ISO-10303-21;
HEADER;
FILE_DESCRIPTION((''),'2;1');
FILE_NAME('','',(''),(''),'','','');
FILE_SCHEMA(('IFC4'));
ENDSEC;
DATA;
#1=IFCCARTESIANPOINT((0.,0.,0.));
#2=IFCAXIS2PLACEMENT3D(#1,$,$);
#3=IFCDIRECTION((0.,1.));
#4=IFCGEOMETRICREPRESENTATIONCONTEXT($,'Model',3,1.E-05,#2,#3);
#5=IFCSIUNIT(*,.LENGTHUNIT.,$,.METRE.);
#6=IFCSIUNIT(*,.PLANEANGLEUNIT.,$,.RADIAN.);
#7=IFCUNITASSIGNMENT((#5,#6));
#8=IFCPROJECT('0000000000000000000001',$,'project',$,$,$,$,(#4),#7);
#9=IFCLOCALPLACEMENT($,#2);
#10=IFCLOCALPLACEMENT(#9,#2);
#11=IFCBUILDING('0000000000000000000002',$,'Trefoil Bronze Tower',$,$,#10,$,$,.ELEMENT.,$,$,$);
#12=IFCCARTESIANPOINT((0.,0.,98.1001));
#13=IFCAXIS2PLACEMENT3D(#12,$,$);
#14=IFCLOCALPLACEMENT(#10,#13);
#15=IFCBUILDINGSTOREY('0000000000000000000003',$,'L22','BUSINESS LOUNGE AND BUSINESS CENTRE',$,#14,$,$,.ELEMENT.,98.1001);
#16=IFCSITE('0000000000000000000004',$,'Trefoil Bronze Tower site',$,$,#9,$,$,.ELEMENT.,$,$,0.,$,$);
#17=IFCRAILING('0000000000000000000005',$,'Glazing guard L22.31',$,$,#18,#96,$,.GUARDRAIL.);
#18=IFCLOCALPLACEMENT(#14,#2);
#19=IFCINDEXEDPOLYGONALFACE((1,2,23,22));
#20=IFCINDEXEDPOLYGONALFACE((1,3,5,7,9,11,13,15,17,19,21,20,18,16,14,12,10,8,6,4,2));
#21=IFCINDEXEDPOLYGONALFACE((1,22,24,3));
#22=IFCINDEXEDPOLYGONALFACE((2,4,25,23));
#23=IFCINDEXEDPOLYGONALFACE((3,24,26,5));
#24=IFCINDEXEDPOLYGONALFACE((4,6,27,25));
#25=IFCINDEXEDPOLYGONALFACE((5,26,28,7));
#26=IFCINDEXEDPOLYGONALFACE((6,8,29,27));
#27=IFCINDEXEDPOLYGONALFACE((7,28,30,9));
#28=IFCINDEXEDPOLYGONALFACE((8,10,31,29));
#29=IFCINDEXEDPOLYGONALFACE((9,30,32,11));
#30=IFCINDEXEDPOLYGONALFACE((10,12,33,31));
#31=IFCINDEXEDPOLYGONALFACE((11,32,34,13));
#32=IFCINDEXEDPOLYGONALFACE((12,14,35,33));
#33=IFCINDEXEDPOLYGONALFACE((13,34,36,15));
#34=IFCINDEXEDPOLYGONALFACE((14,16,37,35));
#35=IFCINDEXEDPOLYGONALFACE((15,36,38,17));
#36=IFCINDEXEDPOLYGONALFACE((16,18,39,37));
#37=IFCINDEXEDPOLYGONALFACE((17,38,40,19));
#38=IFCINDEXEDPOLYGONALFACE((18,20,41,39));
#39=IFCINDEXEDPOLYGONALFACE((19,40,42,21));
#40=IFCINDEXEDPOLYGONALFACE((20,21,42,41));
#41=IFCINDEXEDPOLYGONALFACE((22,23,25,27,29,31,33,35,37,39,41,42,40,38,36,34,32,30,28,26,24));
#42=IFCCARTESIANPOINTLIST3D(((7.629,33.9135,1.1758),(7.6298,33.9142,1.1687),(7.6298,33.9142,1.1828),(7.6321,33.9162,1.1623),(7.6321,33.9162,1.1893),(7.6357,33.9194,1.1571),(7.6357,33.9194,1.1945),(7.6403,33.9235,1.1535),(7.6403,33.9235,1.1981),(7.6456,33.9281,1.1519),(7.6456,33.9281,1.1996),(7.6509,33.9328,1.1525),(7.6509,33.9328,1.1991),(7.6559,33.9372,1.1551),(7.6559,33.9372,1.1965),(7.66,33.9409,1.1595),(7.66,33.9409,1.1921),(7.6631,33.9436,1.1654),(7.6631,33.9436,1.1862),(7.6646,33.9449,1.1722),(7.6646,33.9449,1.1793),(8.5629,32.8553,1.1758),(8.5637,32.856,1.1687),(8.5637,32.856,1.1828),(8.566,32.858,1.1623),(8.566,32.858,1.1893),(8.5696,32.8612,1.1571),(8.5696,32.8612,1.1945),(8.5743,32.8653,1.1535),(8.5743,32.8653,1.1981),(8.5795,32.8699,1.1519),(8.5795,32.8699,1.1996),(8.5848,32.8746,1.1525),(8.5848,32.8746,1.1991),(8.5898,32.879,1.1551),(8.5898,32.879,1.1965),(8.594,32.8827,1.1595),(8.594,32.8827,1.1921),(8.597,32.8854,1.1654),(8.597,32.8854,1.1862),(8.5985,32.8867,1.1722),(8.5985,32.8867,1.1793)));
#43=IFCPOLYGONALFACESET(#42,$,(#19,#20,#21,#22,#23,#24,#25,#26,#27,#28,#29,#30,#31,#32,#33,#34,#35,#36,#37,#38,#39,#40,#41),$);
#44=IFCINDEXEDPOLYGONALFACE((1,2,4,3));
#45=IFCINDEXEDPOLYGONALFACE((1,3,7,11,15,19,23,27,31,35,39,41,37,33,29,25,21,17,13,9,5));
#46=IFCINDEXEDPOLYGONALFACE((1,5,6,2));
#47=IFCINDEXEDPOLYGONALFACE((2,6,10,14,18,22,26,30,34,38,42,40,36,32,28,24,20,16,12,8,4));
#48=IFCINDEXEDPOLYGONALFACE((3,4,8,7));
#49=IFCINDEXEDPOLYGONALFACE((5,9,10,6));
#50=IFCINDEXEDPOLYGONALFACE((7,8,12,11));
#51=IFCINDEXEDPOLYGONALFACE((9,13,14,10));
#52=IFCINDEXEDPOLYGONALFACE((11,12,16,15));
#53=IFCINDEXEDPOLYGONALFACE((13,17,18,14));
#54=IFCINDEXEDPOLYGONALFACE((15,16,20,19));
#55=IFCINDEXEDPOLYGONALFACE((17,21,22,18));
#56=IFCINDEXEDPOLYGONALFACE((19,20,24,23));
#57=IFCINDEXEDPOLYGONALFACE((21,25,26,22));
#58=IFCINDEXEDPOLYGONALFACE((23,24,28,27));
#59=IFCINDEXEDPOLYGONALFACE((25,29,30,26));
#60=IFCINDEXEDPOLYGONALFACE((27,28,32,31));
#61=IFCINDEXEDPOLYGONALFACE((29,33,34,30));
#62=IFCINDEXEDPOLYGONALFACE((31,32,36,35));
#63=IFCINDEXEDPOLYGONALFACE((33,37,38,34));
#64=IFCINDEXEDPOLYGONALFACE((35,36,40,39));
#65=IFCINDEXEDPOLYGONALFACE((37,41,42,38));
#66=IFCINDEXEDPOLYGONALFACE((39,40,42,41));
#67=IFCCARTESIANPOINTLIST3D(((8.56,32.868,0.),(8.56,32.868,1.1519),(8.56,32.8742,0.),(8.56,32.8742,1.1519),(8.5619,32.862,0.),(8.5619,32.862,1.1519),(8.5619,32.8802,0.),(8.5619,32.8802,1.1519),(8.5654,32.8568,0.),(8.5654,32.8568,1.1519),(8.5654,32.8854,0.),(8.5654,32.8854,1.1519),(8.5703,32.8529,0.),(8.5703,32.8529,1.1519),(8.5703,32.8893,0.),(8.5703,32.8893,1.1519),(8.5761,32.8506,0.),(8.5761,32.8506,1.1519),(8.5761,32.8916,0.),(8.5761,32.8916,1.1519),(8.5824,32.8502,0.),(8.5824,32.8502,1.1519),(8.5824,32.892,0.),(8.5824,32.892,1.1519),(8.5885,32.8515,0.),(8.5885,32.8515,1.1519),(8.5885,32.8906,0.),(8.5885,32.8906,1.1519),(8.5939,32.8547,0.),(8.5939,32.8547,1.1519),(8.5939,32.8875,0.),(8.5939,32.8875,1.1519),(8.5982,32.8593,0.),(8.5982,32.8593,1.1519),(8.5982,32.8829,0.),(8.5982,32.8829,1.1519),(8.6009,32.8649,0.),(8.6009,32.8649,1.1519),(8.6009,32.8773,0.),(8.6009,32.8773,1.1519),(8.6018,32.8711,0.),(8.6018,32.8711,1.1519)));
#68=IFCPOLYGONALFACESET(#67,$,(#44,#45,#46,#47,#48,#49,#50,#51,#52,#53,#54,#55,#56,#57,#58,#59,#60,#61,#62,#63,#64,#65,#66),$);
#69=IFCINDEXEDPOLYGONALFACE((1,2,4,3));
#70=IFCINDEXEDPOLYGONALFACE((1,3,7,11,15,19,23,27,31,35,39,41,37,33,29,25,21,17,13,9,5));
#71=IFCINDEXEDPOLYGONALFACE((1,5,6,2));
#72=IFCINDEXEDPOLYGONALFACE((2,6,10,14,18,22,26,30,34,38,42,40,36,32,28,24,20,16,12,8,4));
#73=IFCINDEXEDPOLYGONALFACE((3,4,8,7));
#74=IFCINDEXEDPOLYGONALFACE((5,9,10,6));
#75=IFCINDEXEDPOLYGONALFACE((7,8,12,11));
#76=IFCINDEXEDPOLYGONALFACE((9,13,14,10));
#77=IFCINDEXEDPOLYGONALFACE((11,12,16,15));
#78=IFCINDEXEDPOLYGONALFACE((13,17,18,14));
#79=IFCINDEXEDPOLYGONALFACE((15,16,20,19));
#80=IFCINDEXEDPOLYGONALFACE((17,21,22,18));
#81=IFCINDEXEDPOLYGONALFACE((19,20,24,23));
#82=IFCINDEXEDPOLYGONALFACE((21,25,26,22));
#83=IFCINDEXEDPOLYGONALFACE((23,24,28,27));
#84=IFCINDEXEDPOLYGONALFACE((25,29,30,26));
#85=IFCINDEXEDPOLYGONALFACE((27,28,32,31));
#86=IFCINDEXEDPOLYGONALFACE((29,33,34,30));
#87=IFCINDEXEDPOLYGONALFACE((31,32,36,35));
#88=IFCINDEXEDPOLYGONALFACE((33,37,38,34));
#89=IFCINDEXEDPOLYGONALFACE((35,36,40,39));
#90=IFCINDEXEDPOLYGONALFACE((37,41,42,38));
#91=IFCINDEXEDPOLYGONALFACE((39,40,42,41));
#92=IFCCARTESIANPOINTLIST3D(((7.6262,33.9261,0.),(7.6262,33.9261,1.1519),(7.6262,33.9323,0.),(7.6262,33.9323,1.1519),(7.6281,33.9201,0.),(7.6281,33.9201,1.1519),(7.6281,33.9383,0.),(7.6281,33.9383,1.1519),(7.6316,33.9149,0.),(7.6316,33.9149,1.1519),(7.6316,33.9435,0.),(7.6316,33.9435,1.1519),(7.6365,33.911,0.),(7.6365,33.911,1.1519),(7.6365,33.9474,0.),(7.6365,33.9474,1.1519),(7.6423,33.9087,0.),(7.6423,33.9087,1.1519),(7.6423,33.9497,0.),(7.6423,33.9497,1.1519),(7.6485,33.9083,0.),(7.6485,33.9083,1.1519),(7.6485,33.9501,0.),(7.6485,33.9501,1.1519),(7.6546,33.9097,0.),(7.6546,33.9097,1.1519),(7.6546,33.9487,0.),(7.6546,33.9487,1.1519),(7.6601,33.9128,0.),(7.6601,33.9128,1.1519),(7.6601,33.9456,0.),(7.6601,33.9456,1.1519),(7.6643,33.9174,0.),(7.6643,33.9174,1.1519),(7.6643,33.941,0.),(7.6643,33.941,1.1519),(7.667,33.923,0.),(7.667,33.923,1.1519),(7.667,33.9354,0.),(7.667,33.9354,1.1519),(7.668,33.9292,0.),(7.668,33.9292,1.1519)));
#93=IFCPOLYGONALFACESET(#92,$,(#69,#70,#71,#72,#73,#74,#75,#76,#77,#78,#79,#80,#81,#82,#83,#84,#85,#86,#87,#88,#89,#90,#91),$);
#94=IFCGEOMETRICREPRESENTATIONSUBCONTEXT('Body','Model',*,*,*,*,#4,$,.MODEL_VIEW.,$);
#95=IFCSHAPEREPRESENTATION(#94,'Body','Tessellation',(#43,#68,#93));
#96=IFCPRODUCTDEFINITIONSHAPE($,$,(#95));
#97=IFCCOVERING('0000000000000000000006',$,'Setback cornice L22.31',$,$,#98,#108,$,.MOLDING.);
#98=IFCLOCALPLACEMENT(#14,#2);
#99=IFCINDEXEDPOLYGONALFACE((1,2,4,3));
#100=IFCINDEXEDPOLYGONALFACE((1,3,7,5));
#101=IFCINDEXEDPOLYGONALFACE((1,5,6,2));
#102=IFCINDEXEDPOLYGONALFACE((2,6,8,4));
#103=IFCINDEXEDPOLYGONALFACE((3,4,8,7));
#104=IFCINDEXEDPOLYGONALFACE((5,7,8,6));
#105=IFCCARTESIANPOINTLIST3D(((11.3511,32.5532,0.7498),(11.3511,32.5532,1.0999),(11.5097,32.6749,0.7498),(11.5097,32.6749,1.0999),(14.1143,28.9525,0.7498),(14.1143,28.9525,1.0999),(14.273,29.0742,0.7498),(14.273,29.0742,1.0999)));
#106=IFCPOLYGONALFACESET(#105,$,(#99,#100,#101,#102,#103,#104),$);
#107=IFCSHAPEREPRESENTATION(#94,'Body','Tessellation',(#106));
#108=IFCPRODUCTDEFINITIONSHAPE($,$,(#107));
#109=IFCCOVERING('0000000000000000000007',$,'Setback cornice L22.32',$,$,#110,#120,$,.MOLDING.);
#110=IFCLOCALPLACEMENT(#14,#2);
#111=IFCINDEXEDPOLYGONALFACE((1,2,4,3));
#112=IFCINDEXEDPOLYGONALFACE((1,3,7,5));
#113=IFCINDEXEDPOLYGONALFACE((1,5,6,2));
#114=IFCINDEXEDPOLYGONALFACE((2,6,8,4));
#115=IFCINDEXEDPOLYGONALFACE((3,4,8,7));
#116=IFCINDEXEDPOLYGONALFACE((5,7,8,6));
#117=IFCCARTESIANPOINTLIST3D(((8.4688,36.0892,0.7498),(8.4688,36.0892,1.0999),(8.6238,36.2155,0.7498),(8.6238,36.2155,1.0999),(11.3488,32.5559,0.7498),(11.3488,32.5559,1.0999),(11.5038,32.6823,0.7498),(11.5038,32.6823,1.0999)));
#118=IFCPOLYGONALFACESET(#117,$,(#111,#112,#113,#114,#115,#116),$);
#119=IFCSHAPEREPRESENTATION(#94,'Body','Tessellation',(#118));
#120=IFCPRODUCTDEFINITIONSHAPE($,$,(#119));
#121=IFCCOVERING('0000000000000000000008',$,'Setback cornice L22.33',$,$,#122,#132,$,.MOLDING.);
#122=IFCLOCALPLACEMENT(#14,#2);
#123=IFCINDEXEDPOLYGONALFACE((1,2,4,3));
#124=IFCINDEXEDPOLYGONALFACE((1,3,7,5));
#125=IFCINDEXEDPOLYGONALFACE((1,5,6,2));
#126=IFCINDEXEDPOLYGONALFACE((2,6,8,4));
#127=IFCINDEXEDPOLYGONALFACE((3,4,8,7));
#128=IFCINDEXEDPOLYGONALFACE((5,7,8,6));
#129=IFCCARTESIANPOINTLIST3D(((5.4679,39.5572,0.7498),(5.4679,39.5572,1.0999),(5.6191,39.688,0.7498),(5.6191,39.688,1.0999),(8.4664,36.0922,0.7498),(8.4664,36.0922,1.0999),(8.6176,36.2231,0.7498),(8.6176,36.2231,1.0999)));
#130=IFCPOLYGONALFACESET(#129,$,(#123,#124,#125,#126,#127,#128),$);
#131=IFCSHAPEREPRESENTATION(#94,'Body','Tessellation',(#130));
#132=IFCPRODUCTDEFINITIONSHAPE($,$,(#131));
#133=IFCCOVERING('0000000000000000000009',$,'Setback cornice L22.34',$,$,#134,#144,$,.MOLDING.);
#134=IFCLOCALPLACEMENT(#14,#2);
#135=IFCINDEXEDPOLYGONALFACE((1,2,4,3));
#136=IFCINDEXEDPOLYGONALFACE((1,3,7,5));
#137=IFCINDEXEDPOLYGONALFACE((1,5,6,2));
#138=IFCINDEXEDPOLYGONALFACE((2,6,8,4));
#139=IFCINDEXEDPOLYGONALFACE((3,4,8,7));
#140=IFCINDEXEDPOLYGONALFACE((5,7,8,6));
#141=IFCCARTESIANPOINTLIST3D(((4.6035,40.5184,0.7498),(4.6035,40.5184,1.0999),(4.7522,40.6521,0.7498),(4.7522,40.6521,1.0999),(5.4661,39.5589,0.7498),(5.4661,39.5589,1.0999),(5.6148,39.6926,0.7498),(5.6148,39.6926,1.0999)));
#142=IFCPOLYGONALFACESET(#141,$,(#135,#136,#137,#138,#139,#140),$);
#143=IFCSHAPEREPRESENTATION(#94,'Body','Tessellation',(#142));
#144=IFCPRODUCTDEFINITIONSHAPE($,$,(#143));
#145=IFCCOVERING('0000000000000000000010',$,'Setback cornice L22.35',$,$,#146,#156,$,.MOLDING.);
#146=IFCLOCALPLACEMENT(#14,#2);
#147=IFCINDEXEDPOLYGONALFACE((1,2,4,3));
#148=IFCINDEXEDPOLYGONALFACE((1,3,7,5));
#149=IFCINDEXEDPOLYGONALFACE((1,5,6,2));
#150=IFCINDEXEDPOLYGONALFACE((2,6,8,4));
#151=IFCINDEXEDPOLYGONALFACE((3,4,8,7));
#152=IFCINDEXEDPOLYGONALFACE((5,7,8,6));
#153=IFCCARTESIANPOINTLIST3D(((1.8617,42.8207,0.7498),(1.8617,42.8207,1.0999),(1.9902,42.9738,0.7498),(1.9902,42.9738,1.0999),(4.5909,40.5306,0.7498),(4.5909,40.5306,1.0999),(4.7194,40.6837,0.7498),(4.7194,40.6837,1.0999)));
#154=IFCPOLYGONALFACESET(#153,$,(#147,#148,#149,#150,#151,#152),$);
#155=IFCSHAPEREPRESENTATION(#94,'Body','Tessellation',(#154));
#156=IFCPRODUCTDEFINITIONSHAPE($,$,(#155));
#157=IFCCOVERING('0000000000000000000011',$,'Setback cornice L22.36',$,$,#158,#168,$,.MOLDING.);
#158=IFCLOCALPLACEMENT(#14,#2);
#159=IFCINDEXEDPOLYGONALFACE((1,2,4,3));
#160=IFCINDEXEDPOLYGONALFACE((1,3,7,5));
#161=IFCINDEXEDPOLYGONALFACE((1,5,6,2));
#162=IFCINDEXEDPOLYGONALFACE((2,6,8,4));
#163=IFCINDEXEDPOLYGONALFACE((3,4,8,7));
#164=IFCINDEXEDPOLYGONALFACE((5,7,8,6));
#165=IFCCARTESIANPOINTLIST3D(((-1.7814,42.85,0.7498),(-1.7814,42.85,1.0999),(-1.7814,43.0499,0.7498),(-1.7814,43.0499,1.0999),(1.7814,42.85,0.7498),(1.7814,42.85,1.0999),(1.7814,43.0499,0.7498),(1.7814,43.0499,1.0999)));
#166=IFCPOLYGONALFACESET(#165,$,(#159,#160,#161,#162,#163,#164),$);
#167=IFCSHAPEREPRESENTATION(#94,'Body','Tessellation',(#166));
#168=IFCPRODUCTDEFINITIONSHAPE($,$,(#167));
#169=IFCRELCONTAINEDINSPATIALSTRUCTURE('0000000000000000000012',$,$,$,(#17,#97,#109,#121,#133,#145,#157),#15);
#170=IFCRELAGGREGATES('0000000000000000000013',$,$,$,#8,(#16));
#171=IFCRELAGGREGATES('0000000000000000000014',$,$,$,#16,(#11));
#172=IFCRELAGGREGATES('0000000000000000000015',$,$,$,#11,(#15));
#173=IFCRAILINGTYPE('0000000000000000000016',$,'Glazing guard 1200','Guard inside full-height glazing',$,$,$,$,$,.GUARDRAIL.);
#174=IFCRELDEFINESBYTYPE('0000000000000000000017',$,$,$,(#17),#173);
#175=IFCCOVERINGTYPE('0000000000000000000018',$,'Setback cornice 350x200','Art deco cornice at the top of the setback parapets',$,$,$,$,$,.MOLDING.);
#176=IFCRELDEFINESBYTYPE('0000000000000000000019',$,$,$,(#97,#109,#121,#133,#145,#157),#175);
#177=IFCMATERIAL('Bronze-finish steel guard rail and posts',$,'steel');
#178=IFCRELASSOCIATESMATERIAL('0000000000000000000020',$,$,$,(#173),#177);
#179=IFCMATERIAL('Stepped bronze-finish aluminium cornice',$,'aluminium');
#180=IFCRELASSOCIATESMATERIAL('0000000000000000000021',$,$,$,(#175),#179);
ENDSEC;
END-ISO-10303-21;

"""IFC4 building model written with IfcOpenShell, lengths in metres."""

from ifc_helpers import new_model, si_unit, direction, frame, origin, origin_2d, place, context, subcontext, project, spatial, rectangle, circle, extrude, material, type_object, element, save


model = new_model("IFC4")

# Units and contexts
model_context = context("Model", 3, precision=1e-05, world=origin(), true_north=direction((0.0, 1.0)))
body_context = subcontext(model_context, "Body", "Model", "MODEL_VIEW")
ifc_project = project(units=[si_unit("LENGTHUNIT", "METRE"), si_unit("PLANEANGLEUNIT", "RADIAN")], contexts=[model_context])

# Site, building, storey
site_placement = place(None, origin())
site = spatial("IfcSite", under=ifc_project, at=site_placement, Name="Trefoil Bronze Tower site", CompositionType="ELEMENT", RefElevation=0.0)
building_placement = place(site_placement, origin())
building = spatial("IfcBuilding", under=site, at=building_placement, Name="Trefoil Bronze Tower", CompositionType="ELEMENT")
storey_placement = place(building_placement, frame((0.0, 0.0, 98.1001)))
storey = spatial("IfcBuildingStorey", under=building, at=storey_placement, Name="L22", Description="BUSINESS LOUNGE AND BUSINESS CENTRE", CompositionType="ELEMENT", Elevation=98.1001)

# Railing
ifc_material_1 = material(Name="Bronze-finish steel guard rail and posts", Category="steel")
railing_type = type_object("IfcRailingType", Name="Glazing guard 1200", Description="Guard inside full-height glazing", PredefinedType="GUARDRAIL", material=ifc_material_1)
railing_1_placement = place(storey_placement, frame((8.5808, 32.8711, 0.0)))
element("IfcRailing", 1, at=railing_1_placement, inside=storey, type_object=railing_type, Name="Glazing guard L22.31", PredefinedType="GUARDRAIL", context=body_context, shape_type="SweptSolid", body=[
    extrude(circle(Radius=0.0239, at=origin_2d()), frame((0.0, 0.0, 1.1758), z_axis=(-0.661707, 0.749762, 0.0), x_axis=(-0.749762, -0.661707, 0.0)), (0.0, 0.0, 1.0), 1.4114),
    extrude(circle(Radius=0.021, at=origin_2d()), origin(), (0.0, 0.0, 1.0), 1.1519),
    extrude(circle(Radius=0.021, at=origin_2d()), frame((-0.9338, 1.0581, 0.0)), (0.0, 0.0, 1.0), 1.1519),
])

# Coverings
ifc_material_2 = material(Name="Stepped bronze-finish aluminium cornice", Category="aluminium")
covering_type = type_object("IfcCoveringType", Name="Setback cornice 350x200", Description="Art deco cornice at the top of the setback parapets", PredefinedType="MOLDING", material=ifc_material_2)
covering_1_placement = place(storey_placement, frame((12.812, 30.8137, 0.7498), z_axis=(0.0, 0.0, 1.0), x_axis=(-0.608808, 0.793318, 0.0)))
element("IfcCovering", 2, at=covering_1_placement, inside=storey, type_object=covering_type, Name="Setback cornice L22.31", PredefinedType="MOLDING", context=body_context, shape_type="SweptSolid", body=[
    extrude(rectangle(XDim=4.5388, YDim=0.2, at=origin_2d()), origin(), (0.0, 0.0, 1.0), 0.3501),
])
covering_2_placement = place(storey_placement, frame((9.9863, 34.3857, 0.7498), z_axis=(0.0, 0.0, 1.0), x_axis=(-0.631811, 0.775123, 0.0)))
element("IfcCovering", 3, at=covering_2_placement, inside=storey, type_object=covering_type, Name="Setback cornice L22.32", PredefinedType="MOLDING", context=body_context, shape_type="SweptSolid", body=[
    extrude(rectangle(XDim=4.5583, YDim=0.2, at=origin_2d()), origin(), (0.0, 0.0, 1.0), 0.3501),
])
covering_3_placement = place(storey_placement, frame((7.0427, 37.8901, 0.7498), z_axis=(0.0, 0.0, 1.0), x_axis=(-0.654376, 0.756169, 0.0)))
element("IfcCovering", 4, at=covering_3_placement, inside=storey, type_object=covering_type, Name="Setback cornice L22.33", PredefinedType="MOLDING", context=body_context, shape_type="SweptSolid", body=[
    extrude(rectangle(XDim=4.5823, YDim=0.2, at=origin_2d()), origin(), (0.0, 0.0, 1.0), 0.3501),
])
covering_4_placement = place(storey_placement, frame((5.1091, 40.1055, 0.7498), z_axis=(0.0, 0.0, 1.0), x_axis=(-0.668575, 0.743645, 0.0)))
element("IfcCovering", 5, at=covering_4_placement, inside=storey, type_object=covering_type, Name="Setback cornice L22.34", PredefinedType="MOLDING", context=body_context, shape_type="SweptSolid", body=[
    extrude(rectangle(XDim=1.2903, YDim=0.2, at=origin_2d()), origin(), (0.0, 0.0, 1.0), 0.3501),
])
for number, where, z_axis, x_axis, name in (
    (6, (3.2905, 41.7522, 0.7498), (0.0, 0.0, 1.0), (-0.766044, 0.642788, 0.0), "Setback cornice L22.35"),
    (7, (0.0, 42.95, 0.7498), (0.0, 0.0, 1.0), (-1.0, 0.0, 0.0), "Setback cornice L22.36"),
):
    element("IfcCovering", number, at=place(storey_placement, frame(where, z_axis=z_axis, x_axis=x_axis)), inside=storey, type_object=covering_type, Name=name, PredefinedType="MOLDING", context=body_context, shape_type="SweptSolid", body=[
        extrude(rectangle(XDim=3.5627, YDim=0.2, at=origin_2d()), origin(), (0.0, 0.0, 1.0), 0.3501),
    ])

save(model, "model.ifc")
